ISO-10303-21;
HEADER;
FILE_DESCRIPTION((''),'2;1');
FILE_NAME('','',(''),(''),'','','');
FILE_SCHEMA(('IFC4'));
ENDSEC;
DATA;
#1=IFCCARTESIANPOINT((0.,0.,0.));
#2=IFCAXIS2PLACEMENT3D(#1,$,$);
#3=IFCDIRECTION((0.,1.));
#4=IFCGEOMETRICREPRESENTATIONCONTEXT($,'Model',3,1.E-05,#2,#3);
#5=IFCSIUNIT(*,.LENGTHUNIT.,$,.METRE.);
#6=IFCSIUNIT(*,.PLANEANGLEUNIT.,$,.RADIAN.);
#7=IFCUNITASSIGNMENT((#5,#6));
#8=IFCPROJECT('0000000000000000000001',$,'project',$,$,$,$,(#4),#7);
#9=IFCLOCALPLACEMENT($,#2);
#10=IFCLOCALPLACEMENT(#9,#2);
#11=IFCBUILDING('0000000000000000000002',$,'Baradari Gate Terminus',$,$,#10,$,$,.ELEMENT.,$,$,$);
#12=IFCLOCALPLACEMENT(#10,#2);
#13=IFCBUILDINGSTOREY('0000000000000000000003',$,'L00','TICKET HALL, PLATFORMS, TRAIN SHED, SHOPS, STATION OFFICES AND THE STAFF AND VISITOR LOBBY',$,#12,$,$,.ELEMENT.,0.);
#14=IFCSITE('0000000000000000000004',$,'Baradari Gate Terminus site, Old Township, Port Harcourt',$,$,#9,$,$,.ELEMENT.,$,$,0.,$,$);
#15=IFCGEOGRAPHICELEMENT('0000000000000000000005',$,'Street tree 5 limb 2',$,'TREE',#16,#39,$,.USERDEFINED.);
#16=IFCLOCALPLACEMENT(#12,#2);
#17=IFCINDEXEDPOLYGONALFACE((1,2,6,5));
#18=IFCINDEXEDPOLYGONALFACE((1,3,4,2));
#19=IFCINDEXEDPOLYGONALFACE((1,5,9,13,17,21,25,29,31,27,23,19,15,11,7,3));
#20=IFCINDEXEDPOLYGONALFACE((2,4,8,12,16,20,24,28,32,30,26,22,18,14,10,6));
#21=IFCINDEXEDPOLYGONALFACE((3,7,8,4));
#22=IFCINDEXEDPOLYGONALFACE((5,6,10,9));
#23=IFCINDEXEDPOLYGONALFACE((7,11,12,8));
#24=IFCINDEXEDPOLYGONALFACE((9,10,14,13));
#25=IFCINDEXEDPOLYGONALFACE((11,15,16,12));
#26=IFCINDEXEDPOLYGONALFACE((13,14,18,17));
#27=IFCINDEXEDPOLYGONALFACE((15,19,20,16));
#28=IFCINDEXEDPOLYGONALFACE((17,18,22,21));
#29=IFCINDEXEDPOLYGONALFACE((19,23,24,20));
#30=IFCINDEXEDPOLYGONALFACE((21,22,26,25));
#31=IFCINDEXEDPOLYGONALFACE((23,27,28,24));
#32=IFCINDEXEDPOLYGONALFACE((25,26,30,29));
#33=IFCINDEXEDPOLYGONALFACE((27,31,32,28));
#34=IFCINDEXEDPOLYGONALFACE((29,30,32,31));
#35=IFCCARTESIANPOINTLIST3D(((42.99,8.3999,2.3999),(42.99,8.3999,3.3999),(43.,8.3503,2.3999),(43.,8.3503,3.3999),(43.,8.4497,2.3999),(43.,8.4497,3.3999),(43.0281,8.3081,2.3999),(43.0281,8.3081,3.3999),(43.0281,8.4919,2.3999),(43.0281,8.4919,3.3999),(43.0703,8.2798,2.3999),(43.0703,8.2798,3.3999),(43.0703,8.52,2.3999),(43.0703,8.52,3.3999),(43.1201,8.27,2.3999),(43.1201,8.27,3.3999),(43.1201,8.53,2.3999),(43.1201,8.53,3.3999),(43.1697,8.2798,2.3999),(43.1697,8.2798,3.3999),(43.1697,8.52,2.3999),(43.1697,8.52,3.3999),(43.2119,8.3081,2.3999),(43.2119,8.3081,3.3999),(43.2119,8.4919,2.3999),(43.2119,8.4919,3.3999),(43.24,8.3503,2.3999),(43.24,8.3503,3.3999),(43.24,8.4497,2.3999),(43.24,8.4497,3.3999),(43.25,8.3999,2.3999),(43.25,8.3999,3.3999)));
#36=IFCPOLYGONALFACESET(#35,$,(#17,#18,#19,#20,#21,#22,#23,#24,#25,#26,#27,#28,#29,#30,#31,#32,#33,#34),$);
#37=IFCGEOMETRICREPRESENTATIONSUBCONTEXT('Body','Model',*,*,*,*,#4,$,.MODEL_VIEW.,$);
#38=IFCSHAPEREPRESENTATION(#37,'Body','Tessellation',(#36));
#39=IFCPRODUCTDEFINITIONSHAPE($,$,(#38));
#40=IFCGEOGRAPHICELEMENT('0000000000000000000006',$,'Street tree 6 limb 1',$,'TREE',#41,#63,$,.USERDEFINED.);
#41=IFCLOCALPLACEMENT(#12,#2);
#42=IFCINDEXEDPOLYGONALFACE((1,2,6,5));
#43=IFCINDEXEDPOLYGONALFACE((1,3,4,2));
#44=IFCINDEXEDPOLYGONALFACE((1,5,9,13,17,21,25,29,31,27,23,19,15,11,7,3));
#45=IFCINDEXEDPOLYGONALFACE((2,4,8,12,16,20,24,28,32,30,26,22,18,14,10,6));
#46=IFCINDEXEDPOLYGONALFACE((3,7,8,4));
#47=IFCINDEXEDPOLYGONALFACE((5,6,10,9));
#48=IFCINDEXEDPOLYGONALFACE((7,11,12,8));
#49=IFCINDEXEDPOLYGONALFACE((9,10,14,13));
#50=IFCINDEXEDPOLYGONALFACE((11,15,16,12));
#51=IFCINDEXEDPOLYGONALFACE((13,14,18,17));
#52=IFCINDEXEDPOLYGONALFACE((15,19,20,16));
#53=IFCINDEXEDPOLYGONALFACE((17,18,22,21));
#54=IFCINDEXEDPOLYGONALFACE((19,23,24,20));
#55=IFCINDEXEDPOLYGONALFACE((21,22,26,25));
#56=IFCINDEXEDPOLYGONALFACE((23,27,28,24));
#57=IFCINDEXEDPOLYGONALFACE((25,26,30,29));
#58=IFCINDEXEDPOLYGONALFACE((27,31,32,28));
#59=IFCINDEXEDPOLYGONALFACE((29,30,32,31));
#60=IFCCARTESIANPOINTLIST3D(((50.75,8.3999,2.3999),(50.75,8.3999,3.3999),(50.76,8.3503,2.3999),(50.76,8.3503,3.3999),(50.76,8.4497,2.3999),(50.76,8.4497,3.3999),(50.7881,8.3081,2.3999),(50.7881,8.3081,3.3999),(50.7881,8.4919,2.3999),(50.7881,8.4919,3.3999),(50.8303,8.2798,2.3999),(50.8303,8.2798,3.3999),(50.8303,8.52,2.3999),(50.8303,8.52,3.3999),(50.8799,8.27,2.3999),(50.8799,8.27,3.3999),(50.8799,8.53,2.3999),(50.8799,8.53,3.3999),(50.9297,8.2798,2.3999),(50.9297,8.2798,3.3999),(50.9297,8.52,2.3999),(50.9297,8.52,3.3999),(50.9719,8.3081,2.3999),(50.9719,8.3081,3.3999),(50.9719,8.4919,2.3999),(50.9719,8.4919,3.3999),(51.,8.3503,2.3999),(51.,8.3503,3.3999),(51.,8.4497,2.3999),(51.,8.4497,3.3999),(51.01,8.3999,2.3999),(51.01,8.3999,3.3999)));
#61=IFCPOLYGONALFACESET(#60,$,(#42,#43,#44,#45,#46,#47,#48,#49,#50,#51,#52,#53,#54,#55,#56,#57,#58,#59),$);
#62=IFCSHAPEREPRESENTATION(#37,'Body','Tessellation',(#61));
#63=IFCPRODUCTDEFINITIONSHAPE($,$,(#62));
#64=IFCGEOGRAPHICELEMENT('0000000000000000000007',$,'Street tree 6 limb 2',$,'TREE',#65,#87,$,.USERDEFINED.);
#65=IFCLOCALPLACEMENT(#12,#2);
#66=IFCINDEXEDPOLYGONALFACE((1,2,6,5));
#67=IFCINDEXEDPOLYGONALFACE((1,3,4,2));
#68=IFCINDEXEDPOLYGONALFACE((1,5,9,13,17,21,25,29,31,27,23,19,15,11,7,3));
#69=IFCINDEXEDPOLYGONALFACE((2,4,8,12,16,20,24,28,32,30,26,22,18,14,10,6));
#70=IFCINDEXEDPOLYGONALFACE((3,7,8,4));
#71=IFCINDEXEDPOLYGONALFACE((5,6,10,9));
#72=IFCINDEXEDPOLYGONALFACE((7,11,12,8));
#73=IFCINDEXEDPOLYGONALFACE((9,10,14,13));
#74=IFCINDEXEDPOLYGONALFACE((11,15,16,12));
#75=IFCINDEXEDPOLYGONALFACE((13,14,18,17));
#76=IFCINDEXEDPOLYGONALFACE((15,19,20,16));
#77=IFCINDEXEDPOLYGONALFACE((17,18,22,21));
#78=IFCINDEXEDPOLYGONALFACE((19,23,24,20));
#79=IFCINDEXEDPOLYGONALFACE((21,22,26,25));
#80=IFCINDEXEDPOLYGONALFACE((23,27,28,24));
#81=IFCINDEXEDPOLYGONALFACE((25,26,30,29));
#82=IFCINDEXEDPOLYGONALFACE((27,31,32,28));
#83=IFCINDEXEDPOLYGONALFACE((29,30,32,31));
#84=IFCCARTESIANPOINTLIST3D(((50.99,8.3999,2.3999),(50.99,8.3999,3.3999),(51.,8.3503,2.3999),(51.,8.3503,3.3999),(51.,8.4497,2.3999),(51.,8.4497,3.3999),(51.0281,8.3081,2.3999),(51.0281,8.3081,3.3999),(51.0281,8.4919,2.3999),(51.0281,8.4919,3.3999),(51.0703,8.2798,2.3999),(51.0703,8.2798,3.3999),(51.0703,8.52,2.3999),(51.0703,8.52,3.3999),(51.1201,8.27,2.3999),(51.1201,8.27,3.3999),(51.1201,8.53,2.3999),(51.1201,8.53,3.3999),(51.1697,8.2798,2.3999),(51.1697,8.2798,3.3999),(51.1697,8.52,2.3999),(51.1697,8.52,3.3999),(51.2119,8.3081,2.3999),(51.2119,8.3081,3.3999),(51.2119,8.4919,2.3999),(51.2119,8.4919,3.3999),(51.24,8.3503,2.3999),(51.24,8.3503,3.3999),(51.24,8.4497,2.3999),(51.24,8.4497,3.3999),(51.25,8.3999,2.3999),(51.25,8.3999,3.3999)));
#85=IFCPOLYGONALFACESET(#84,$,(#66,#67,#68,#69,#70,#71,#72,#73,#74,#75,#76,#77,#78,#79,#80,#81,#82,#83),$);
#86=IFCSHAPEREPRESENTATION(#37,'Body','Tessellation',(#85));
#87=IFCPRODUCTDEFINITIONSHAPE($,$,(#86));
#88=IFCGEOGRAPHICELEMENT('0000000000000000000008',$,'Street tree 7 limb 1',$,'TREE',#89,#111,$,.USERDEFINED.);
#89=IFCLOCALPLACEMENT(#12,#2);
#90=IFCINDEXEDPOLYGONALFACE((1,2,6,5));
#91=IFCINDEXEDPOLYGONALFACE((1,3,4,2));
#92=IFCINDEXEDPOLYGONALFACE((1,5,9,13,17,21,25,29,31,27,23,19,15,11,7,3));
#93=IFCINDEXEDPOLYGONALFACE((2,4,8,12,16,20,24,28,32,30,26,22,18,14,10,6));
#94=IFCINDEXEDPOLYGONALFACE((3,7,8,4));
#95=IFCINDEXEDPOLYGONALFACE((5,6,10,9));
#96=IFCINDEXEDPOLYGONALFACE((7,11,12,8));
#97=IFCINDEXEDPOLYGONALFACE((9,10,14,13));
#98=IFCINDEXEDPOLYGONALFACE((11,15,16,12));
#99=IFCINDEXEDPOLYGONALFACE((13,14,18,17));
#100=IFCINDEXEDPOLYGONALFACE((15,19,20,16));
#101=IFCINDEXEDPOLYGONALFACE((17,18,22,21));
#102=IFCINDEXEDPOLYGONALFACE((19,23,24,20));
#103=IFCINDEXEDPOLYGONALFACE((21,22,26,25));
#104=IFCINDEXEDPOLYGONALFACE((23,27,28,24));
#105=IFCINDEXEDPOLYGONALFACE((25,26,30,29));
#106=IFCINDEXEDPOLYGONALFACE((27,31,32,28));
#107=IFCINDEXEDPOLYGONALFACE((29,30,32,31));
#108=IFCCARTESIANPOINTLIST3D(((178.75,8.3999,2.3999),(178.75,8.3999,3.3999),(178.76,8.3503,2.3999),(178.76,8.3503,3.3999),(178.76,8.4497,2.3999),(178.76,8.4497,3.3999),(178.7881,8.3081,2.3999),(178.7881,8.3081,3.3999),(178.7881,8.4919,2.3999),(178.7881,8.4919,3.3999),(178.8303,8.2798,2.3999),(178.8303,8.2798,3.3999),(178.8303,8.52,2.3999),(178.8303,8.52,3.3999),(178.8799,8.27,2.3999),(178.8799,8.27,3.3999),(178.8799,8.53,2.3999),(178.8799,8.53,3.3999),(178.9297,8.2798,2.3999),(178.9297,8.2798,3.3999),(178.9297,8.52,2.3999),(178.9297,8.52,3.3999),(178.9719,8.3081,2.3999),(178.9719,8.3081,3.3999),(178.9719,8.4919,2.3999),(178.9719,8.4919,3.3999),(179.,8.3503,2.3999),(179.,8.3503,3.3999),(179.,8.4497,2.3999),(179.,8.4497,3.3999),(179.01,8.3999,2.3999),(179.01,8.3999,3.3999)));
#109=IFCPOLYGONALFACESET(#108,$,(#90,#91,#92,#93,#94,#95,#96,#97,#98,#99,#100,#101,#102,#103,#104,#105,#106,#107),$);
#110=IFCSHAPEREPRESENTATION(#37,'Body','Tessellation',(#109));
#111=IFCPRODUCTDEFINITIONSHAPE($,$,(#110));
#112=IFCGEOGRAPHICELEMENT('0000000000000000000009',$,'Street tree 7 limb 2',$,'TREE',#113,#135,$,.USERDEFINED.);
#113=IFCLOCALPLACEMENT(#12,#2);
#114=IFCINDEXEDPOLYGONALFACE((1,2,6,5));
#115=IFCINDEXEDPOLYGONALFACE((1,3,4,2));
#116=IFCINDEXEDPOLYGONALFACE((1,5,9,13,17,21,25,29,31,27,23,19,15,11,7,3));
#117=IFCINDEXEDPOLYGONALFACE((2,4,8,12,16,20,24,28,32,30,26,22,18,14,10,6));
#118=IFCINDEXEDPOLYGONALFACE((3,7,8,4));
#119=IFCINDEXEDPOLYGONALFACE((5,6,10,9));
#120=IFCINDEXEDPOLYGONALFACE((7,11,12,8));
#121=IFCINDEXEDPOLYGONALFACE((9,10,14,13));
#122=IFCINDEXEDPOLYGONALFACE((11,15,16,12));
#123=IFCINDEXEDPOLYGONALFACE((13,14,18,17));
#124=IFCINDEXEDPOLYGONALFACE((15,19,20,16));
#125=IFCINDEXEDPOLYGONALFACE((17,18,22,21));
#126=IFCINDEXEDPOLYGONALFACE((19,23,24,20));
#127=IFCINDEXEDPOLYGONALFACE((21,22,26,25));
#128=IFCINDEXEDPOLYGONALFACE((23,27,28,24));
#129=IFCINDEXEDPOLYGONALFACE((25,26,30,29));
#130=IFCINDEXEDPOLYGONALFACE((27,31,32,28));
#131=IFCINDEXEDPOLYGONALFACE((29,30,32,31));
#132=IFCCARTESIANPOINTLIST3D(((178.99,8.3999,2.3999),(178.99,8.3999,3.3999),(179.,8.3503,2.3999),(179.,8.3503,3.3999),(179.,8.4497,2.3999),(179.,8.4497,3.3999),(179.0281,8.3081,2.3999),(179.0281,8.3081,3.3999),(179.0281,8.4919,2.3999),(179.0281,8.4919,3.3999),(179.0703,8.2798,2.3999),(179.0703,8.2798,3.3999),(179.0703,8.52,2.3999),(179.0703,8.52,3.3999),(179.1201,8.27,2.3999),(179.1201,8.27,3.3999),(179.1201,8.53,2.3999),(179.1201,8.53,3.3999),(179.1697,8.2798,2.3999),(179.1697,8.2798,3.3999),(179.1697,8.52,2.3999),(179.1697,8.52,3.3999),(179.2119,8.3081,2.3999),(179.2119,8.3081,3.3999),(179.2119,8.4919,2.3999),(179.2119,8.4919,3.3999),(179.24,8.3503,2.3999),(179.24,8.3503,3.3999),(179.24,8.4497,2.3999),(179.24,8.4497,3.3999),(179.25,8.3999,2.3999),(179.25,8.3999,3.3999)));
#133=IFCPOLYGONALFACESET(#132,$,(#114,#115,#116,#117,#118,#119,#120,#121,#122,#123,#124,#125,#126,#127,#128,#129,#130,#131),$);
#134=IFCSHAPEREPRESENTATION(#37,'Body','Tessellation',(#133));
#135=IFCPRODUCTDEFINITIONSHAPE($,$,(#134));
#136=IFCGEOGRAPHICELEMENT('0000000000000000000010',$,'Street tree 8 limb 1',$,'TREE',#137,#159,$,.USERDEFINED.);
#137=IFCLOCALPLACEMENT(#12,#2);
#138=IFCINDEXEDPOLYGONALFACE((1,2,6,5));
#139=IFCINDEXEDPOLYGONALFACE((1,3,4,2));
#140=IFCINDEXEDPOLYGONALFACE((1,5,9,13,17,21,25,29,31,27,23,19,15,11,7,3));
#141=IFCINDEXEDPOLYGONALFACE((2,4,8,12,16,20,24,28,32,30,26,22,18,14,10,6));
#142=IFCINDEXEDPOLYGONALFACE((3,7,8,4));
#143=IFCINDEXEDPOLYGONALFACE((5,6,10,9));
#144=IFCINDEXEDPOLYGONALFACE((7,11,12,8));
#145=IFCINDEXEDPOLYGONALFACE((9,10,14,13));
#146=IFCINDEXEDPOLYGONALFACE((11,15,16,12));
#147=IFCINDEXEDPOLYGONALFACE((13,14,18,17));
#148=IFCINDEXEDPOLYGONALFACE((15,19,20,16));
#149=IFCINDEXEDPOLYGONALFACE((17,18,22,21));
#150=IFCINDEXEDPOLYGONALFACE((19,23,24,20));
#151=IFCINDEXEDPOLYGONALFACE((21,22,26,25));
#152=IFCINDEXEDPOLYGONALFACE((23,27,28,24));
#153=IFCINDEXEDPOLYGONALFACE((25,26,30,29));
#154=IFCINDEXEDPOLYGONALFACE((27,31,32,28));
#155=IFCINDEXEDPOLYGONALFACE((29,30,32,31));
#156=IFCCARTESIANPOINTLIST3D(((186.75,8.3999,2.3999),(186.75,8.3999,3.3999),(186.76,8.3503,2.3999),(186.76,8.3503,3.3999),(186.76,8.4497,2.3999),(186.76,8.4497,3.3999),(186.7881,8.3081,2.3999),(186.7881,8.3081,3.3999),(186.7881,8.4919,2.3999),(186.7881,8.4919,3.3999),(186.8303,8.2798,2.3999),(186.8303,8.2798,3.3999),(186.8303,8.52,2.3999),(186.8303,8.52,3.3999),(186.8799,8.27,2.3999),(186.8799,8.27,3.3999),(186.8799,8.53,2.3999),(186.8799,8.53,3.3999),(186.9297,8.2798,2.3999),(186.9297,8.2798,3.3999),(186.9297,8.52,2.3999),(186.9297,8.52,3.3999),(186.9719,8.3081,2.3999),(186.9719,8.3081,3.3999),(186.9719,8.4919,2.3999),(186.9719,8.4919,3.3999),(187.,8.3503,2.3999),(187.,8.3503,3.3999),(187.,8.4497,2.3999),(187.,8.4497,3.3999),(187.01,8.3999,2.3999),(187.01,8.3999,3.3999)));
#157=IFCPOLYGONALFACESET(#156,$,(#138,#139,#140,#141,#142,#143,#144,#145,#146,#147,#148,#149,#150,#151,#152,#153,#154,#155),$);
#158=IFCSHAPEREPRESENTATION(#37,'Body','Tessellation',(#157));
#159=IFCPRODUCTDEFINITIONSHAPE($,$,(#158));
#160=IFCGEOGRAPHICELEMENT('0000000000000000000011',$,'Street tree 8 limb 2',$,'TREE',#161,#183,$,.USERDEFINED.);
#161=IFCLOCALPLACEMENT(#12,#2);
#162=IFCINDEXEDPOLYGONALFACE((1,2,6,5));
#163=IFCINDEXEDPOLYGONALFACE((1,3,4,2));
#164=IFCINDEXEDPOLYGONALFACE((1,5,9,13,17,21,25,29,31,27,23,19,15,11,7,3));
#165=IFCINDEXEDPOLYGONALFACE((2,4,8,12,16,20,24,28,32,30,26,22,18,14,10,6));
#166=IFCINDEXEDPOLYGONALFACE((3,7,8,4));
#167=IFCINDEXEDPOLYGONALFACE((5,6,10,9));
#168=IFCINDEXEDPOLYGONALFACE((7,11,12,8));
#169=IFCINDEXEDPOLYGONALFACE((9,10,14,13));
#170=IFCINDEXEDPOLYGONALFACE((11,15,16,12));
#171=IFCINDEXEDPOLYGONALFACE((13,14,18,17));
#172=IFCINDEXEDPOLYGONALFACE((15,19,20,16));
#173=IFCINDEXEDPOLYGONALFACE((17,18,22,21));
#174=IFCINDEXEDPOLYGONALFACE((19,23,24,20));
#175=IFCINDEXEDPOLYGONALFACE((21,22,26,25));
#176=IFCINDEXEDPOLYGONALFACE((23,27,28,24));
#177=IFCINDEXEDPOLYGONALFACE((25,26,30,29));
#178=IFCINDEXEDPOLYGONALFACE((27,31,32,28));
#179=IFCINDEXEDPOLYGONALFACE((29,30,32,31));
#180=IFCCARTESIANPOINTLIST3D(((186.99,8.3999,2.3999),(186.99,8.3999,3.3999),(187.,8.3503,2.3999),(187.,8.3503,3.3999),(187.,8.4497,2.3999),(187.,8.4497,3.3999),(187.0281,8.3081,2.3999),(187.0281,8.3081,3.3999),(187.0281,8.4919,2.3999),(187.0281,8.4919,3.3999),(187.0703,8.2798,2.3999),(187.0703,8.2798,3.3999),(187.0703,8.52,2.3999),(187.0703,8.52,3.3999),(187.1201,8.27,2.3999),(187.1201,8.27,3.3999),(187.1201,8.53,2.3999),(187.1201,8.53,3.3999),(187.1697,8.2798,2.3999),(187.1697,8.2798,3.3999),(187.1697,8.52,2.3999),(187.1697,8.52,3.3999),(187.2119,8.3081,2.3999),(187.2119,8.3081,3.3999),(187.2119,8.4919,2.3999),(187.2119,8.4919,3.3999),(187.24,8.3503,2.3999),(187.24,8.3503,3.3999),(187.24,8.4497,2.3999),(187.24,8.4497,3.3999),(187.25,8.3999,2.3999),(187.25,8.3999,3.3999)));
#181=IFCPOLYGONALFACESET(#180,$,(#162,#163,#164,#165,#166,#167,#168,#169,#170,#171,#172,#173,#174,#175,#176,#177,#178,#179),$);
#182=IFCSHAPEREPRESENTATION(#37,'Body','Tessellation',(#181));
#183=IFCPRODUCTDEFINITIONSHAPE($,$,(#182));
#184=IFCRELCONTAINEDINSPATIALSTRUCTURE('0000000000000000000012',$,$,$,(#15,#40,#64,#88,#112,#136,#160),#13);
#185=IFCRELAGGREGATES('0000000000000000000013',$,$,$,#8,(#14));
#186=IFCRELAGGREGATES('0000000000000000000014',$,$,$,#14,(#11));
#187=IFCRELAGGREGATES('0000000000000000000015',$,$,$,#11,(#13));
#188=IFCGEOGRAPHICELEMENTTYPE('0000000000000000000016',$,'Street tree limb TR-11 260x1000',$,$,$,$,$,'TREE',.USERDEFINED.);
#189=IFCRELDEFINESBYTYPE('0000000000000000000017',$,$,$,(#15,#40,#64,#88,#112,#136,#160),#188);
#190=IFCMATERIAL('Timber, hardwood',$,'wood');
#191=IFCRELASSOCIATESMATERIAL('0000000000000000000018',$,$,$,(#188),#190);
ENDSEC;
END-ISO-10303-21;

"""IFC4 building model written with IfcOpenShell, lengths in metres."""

from ifc_helpers import new_model, si_unit, direction, frame, origin, place, context, subcontext, project, spatial, polyline, outline, extrude, material, type_object, element, save


model = new_model("IFC4")

# Units and contexts
model_context = context("Model", 3, precision=1e-05, world=origin(), true_north=direction((0.0, 1.0)))
body_context = subcontext(model_context, "Body", "Model", "MODEL_VIEW")
ifc_project = project(units=[si_unit("LENGTHUNIT", "METRE"), si_unit("PLANEANGLEUNIT", "RADIAN")], contexts=[model_context])

# Site, building, storey
site_placement = place(None, origin())
site = spatial("IfcSite", under=ifc_project, at=site_placement, Name="Baradari Gate Terminus site, Old Township, Port Harcourt", CompositionType="ELEMENT", RefElevation=0.0)
building_placement = place(site_placement, origin())
building = spatial("IfcBuilding", under=site, at=building_placement, Name="Baradari Gate Terminus", CompositionType="ELEMENT")
storey_placement = place(building_placement, origin())
storey = spatial("IfcBuildingStorey", under=building, at=storey_placement, Name="L00", Description="TICKET HALL, PLATFORMS, TRAIN SHED, SHOPS, STATION OFFICES AND THE STAFF AND VISITOR LOBBY", CompositionType="ELEMENT", Elevation=0.0)

# Geographic elements
ifc_material_1 = material(Name="Timber, hardwood", Category="wood")
geographic_element_type = type_object("IfcGeographicElementType", Name="Street tree limb TR-11 260x1000", ElementType="TREE", PredefinedType="USERDEFINED", material=ifc_material_1)
geographic_element_1_placement = place(storey_placement, frame((0.0, 0.0, 2.3999)))
element("IfcGeographicElement", 1, at=geographic_element_1_placement, inside=storey, type_object=geographic_element_type, Name="Street tree 5 limb 2", ObjectType="TREE", PredefinedType="USERDEFINED", context=body_context, shape_type="SweptSolid", body=[
    extrude(outline(polyline([(43.25, 8.3999), (43.24, 8.4497), (43.2119, 8.4919), (43.1697, 8.52), (43.1201, 8.53), (43.0703, 8.52), (43.0281, 8.4919), (43.0, 8.4497), (42.99, 8.3999), (43.0, 8.3503), (43.0281, 8.3081), (43.0703, 8.2798), (43.1201, 8.27), (43.1697, 8.2798), (43.2119, 8.3081), (43.24, 8.3503), (43.25, 8.3999)])), origin(), (0.0, 0.0, 1.0), 1.0),
])
geographic_element_2_placement = place(storey_placement, frame((0.0, 0.0, 2.3999)))
element("IfcGeographicElement", 2, at=geographic_element_2_placement, inside=storey, type_object=geographic_element_type, Name="Street tree 6 limb 1", ObjectType="TREE", PredefinedType="USERDEFINED", context=body_context, shape_type="SweptSolid", body=[
    extrude(outline(polyline([(51.01, 8.3999), (51.0, 8.4497), (50.9719, 8.4919), (50.9297, 8.52), (50.8799, 8.53), (50.8303, 8.52), (50.7881, 8.4919), (50.76, 8.4497), (50.75, 8.3999), (50.76, 8.3503), (50.7881, 8.3081), (50.8303, 8.2798), (50.8799, 8.27), (50.9297, 8.2798), (50.9719, 8.3081), (51.0, 8.3503), (51.01, 8.3999)])), origin(), (0.0, 0.0, 1.0), 1.0),
])
geographic_element_3_placement = place(storey_placement, frame((0.0, 0.0, 2.3999)))
element("IfcGeographicElement", 3, at=geographic_element_3_placement, inside=storey, type_object=geographic_element_type, Name="Street tree 6 limb 2", ObjectType="TREE", PredefinedType="USERDEFINED", context=body_context, shape_type="SweptSolid", body=[
    extrude(outline(polyline([(51.25, 8.3999), (51.24, 8.4497), (51.2119, 8.4919), (51.1697, 8.52), (51.1201, 8.53), (51.0703, 8.52), (51.0281, 8.4919), (51.0, 8.4497), (50.99, 8.3999), (51.0, 8.3503), (51.0281, 8.3081), (51.0703, 8.2798), (51.1201, 8.27), (51.1697, 8.2798), (51.2119, 8.3081), (51.24, 8.3503), (51.25, 8.3999)])), origin(), (0.0, 0.0, 1.0), 1.0),
])
geographic_element_4_placement = place(storey_placement, frame((0.0, 0.0, 2.3999)))
element("IfcGeographicElement", 4, at=geographic_element_4_placement, inside=storey, type_object=geographic_element_type, Name="Street tree 7 limb 1", ObjectType="TREE", PredefinedType="USERDEFINED", context=body_context, shape_type="SweptSolid", body=[
    extrude(outline(polyline([(179.01, 8.3999), (179.0, 8.4497), (178.9719, 8.4919), (178.9297, 8.52), (178.8799, 8.53), (178.8303, 8.52), (178.7881, 8.4919), (178.76, 8.4497), (178.75, 8.3999), (178.76, 8.3503), (178.7881, 8.3081), (178.8303, 8.2798), (178.8799, 8.27), (178.9297, 8.2798), (178.9719, 8.3081), (179.0, 8.3503), (179.01, 8.3999)])), origin(), (0.0, 0.0, 1.0), 1.0),
])
geographic_element_5_placement = place(storey_placement, frame((0.0, 0.0, 2.3999)))
element("IfcGeographicElement", 5, at=geographic_element_5_placement, inside=storey, type_object=geographic_element_type, Name="Street tree 7 limb 2", ObjectType="TREE", PredefinedType="USERDEFINED", context=body_context, shape_type="SweptSolid", body=[
    extrude(outline(polyline([(179.25, 8.3999), (179.24, 8.4497), (179.2119, 8.4919), (179.1697, 8.52), (179.1201, 8.53), (179.0703, 8.52), (179.0281, 8.4919), (179.0, 8.4497), (178.99, 8.3999), (179.0, 8.3503), (179.0281, 8.3081), (179.0703, 8.2798), (179.1201, 8.27), (179.1697, 8.2798), (179.2119, 8.3081), (179.24, 8.3503), (179.25, 8.3999)])), origin(), (0.0, 0.0, 1.0), 1.0),
])
geographic_element_6_placement = place(storey_placement, frame((0.0, 0.0, 2.3999)))
element("IfcGeographicElement", 6, at=geographic_element_6_placement, inside=storey, type_object=geographic_element_type, Name="Street tree 8 limb 1", ObjectType="TREE", PredefinedType="USERDEFINED", context=body_context, shape_type="SweptSolid", body=[
    extrude(outline(polyline([(187.01, 8.3999), (187.0, 8.4497), (186.9719, 8.4919), (186.9297, 8.52), (186.8799, 8.53), (186.8303, 8.52), (186.7881, 8.4919), (186.76, 8.4497), (186.75, 8.3999), (186.76, 8.3503), (186.7881, 8.3081), (186.8303, 8.2798), (186.8799, 8.27), (186.9297, 8.2798), (186.9719, 8.3081), (187.0, 8.3503), (187.01, 8.3999)])), origin(), (0.0, 0.0, 1.0), 1.0),
])
geographic_element_7_placement = place(storey_placement, frame((0.0, 0.0, 2.3999)))
element("IfcGeographicElement", 7, at=geographic_element_7_placement, inside=storey, type_object=geographic_element_type, Name="Street tree 8 limb 2", ObjectType="TREE", PredefinedType="USERDEFINED", context=body_context, shape_type="SweptSolid", body=[
    extrude(outline(polyline([(187.25, 8.3999), (187.24, 8.4497), (187.2119, 8.4919), (187.1697, 8.52), (187.1201, 8.53), (187.0703, 8.52), (187.0281, 8.4919), (187.0, 8.4497), (186.99, 8.3999), (187.0, 8.3503), (187.0281, 8.3081), (187.0703, 8.2798), (187.1201, 8.27), (187.1697, 8.2798), (187.2119, 8.3081), (187.24, 8.3503), (187.25, 8.3999)])), origin(), (0.0, 0.0, 1.0), 1.0),
])

save(model, "model.ifc")
